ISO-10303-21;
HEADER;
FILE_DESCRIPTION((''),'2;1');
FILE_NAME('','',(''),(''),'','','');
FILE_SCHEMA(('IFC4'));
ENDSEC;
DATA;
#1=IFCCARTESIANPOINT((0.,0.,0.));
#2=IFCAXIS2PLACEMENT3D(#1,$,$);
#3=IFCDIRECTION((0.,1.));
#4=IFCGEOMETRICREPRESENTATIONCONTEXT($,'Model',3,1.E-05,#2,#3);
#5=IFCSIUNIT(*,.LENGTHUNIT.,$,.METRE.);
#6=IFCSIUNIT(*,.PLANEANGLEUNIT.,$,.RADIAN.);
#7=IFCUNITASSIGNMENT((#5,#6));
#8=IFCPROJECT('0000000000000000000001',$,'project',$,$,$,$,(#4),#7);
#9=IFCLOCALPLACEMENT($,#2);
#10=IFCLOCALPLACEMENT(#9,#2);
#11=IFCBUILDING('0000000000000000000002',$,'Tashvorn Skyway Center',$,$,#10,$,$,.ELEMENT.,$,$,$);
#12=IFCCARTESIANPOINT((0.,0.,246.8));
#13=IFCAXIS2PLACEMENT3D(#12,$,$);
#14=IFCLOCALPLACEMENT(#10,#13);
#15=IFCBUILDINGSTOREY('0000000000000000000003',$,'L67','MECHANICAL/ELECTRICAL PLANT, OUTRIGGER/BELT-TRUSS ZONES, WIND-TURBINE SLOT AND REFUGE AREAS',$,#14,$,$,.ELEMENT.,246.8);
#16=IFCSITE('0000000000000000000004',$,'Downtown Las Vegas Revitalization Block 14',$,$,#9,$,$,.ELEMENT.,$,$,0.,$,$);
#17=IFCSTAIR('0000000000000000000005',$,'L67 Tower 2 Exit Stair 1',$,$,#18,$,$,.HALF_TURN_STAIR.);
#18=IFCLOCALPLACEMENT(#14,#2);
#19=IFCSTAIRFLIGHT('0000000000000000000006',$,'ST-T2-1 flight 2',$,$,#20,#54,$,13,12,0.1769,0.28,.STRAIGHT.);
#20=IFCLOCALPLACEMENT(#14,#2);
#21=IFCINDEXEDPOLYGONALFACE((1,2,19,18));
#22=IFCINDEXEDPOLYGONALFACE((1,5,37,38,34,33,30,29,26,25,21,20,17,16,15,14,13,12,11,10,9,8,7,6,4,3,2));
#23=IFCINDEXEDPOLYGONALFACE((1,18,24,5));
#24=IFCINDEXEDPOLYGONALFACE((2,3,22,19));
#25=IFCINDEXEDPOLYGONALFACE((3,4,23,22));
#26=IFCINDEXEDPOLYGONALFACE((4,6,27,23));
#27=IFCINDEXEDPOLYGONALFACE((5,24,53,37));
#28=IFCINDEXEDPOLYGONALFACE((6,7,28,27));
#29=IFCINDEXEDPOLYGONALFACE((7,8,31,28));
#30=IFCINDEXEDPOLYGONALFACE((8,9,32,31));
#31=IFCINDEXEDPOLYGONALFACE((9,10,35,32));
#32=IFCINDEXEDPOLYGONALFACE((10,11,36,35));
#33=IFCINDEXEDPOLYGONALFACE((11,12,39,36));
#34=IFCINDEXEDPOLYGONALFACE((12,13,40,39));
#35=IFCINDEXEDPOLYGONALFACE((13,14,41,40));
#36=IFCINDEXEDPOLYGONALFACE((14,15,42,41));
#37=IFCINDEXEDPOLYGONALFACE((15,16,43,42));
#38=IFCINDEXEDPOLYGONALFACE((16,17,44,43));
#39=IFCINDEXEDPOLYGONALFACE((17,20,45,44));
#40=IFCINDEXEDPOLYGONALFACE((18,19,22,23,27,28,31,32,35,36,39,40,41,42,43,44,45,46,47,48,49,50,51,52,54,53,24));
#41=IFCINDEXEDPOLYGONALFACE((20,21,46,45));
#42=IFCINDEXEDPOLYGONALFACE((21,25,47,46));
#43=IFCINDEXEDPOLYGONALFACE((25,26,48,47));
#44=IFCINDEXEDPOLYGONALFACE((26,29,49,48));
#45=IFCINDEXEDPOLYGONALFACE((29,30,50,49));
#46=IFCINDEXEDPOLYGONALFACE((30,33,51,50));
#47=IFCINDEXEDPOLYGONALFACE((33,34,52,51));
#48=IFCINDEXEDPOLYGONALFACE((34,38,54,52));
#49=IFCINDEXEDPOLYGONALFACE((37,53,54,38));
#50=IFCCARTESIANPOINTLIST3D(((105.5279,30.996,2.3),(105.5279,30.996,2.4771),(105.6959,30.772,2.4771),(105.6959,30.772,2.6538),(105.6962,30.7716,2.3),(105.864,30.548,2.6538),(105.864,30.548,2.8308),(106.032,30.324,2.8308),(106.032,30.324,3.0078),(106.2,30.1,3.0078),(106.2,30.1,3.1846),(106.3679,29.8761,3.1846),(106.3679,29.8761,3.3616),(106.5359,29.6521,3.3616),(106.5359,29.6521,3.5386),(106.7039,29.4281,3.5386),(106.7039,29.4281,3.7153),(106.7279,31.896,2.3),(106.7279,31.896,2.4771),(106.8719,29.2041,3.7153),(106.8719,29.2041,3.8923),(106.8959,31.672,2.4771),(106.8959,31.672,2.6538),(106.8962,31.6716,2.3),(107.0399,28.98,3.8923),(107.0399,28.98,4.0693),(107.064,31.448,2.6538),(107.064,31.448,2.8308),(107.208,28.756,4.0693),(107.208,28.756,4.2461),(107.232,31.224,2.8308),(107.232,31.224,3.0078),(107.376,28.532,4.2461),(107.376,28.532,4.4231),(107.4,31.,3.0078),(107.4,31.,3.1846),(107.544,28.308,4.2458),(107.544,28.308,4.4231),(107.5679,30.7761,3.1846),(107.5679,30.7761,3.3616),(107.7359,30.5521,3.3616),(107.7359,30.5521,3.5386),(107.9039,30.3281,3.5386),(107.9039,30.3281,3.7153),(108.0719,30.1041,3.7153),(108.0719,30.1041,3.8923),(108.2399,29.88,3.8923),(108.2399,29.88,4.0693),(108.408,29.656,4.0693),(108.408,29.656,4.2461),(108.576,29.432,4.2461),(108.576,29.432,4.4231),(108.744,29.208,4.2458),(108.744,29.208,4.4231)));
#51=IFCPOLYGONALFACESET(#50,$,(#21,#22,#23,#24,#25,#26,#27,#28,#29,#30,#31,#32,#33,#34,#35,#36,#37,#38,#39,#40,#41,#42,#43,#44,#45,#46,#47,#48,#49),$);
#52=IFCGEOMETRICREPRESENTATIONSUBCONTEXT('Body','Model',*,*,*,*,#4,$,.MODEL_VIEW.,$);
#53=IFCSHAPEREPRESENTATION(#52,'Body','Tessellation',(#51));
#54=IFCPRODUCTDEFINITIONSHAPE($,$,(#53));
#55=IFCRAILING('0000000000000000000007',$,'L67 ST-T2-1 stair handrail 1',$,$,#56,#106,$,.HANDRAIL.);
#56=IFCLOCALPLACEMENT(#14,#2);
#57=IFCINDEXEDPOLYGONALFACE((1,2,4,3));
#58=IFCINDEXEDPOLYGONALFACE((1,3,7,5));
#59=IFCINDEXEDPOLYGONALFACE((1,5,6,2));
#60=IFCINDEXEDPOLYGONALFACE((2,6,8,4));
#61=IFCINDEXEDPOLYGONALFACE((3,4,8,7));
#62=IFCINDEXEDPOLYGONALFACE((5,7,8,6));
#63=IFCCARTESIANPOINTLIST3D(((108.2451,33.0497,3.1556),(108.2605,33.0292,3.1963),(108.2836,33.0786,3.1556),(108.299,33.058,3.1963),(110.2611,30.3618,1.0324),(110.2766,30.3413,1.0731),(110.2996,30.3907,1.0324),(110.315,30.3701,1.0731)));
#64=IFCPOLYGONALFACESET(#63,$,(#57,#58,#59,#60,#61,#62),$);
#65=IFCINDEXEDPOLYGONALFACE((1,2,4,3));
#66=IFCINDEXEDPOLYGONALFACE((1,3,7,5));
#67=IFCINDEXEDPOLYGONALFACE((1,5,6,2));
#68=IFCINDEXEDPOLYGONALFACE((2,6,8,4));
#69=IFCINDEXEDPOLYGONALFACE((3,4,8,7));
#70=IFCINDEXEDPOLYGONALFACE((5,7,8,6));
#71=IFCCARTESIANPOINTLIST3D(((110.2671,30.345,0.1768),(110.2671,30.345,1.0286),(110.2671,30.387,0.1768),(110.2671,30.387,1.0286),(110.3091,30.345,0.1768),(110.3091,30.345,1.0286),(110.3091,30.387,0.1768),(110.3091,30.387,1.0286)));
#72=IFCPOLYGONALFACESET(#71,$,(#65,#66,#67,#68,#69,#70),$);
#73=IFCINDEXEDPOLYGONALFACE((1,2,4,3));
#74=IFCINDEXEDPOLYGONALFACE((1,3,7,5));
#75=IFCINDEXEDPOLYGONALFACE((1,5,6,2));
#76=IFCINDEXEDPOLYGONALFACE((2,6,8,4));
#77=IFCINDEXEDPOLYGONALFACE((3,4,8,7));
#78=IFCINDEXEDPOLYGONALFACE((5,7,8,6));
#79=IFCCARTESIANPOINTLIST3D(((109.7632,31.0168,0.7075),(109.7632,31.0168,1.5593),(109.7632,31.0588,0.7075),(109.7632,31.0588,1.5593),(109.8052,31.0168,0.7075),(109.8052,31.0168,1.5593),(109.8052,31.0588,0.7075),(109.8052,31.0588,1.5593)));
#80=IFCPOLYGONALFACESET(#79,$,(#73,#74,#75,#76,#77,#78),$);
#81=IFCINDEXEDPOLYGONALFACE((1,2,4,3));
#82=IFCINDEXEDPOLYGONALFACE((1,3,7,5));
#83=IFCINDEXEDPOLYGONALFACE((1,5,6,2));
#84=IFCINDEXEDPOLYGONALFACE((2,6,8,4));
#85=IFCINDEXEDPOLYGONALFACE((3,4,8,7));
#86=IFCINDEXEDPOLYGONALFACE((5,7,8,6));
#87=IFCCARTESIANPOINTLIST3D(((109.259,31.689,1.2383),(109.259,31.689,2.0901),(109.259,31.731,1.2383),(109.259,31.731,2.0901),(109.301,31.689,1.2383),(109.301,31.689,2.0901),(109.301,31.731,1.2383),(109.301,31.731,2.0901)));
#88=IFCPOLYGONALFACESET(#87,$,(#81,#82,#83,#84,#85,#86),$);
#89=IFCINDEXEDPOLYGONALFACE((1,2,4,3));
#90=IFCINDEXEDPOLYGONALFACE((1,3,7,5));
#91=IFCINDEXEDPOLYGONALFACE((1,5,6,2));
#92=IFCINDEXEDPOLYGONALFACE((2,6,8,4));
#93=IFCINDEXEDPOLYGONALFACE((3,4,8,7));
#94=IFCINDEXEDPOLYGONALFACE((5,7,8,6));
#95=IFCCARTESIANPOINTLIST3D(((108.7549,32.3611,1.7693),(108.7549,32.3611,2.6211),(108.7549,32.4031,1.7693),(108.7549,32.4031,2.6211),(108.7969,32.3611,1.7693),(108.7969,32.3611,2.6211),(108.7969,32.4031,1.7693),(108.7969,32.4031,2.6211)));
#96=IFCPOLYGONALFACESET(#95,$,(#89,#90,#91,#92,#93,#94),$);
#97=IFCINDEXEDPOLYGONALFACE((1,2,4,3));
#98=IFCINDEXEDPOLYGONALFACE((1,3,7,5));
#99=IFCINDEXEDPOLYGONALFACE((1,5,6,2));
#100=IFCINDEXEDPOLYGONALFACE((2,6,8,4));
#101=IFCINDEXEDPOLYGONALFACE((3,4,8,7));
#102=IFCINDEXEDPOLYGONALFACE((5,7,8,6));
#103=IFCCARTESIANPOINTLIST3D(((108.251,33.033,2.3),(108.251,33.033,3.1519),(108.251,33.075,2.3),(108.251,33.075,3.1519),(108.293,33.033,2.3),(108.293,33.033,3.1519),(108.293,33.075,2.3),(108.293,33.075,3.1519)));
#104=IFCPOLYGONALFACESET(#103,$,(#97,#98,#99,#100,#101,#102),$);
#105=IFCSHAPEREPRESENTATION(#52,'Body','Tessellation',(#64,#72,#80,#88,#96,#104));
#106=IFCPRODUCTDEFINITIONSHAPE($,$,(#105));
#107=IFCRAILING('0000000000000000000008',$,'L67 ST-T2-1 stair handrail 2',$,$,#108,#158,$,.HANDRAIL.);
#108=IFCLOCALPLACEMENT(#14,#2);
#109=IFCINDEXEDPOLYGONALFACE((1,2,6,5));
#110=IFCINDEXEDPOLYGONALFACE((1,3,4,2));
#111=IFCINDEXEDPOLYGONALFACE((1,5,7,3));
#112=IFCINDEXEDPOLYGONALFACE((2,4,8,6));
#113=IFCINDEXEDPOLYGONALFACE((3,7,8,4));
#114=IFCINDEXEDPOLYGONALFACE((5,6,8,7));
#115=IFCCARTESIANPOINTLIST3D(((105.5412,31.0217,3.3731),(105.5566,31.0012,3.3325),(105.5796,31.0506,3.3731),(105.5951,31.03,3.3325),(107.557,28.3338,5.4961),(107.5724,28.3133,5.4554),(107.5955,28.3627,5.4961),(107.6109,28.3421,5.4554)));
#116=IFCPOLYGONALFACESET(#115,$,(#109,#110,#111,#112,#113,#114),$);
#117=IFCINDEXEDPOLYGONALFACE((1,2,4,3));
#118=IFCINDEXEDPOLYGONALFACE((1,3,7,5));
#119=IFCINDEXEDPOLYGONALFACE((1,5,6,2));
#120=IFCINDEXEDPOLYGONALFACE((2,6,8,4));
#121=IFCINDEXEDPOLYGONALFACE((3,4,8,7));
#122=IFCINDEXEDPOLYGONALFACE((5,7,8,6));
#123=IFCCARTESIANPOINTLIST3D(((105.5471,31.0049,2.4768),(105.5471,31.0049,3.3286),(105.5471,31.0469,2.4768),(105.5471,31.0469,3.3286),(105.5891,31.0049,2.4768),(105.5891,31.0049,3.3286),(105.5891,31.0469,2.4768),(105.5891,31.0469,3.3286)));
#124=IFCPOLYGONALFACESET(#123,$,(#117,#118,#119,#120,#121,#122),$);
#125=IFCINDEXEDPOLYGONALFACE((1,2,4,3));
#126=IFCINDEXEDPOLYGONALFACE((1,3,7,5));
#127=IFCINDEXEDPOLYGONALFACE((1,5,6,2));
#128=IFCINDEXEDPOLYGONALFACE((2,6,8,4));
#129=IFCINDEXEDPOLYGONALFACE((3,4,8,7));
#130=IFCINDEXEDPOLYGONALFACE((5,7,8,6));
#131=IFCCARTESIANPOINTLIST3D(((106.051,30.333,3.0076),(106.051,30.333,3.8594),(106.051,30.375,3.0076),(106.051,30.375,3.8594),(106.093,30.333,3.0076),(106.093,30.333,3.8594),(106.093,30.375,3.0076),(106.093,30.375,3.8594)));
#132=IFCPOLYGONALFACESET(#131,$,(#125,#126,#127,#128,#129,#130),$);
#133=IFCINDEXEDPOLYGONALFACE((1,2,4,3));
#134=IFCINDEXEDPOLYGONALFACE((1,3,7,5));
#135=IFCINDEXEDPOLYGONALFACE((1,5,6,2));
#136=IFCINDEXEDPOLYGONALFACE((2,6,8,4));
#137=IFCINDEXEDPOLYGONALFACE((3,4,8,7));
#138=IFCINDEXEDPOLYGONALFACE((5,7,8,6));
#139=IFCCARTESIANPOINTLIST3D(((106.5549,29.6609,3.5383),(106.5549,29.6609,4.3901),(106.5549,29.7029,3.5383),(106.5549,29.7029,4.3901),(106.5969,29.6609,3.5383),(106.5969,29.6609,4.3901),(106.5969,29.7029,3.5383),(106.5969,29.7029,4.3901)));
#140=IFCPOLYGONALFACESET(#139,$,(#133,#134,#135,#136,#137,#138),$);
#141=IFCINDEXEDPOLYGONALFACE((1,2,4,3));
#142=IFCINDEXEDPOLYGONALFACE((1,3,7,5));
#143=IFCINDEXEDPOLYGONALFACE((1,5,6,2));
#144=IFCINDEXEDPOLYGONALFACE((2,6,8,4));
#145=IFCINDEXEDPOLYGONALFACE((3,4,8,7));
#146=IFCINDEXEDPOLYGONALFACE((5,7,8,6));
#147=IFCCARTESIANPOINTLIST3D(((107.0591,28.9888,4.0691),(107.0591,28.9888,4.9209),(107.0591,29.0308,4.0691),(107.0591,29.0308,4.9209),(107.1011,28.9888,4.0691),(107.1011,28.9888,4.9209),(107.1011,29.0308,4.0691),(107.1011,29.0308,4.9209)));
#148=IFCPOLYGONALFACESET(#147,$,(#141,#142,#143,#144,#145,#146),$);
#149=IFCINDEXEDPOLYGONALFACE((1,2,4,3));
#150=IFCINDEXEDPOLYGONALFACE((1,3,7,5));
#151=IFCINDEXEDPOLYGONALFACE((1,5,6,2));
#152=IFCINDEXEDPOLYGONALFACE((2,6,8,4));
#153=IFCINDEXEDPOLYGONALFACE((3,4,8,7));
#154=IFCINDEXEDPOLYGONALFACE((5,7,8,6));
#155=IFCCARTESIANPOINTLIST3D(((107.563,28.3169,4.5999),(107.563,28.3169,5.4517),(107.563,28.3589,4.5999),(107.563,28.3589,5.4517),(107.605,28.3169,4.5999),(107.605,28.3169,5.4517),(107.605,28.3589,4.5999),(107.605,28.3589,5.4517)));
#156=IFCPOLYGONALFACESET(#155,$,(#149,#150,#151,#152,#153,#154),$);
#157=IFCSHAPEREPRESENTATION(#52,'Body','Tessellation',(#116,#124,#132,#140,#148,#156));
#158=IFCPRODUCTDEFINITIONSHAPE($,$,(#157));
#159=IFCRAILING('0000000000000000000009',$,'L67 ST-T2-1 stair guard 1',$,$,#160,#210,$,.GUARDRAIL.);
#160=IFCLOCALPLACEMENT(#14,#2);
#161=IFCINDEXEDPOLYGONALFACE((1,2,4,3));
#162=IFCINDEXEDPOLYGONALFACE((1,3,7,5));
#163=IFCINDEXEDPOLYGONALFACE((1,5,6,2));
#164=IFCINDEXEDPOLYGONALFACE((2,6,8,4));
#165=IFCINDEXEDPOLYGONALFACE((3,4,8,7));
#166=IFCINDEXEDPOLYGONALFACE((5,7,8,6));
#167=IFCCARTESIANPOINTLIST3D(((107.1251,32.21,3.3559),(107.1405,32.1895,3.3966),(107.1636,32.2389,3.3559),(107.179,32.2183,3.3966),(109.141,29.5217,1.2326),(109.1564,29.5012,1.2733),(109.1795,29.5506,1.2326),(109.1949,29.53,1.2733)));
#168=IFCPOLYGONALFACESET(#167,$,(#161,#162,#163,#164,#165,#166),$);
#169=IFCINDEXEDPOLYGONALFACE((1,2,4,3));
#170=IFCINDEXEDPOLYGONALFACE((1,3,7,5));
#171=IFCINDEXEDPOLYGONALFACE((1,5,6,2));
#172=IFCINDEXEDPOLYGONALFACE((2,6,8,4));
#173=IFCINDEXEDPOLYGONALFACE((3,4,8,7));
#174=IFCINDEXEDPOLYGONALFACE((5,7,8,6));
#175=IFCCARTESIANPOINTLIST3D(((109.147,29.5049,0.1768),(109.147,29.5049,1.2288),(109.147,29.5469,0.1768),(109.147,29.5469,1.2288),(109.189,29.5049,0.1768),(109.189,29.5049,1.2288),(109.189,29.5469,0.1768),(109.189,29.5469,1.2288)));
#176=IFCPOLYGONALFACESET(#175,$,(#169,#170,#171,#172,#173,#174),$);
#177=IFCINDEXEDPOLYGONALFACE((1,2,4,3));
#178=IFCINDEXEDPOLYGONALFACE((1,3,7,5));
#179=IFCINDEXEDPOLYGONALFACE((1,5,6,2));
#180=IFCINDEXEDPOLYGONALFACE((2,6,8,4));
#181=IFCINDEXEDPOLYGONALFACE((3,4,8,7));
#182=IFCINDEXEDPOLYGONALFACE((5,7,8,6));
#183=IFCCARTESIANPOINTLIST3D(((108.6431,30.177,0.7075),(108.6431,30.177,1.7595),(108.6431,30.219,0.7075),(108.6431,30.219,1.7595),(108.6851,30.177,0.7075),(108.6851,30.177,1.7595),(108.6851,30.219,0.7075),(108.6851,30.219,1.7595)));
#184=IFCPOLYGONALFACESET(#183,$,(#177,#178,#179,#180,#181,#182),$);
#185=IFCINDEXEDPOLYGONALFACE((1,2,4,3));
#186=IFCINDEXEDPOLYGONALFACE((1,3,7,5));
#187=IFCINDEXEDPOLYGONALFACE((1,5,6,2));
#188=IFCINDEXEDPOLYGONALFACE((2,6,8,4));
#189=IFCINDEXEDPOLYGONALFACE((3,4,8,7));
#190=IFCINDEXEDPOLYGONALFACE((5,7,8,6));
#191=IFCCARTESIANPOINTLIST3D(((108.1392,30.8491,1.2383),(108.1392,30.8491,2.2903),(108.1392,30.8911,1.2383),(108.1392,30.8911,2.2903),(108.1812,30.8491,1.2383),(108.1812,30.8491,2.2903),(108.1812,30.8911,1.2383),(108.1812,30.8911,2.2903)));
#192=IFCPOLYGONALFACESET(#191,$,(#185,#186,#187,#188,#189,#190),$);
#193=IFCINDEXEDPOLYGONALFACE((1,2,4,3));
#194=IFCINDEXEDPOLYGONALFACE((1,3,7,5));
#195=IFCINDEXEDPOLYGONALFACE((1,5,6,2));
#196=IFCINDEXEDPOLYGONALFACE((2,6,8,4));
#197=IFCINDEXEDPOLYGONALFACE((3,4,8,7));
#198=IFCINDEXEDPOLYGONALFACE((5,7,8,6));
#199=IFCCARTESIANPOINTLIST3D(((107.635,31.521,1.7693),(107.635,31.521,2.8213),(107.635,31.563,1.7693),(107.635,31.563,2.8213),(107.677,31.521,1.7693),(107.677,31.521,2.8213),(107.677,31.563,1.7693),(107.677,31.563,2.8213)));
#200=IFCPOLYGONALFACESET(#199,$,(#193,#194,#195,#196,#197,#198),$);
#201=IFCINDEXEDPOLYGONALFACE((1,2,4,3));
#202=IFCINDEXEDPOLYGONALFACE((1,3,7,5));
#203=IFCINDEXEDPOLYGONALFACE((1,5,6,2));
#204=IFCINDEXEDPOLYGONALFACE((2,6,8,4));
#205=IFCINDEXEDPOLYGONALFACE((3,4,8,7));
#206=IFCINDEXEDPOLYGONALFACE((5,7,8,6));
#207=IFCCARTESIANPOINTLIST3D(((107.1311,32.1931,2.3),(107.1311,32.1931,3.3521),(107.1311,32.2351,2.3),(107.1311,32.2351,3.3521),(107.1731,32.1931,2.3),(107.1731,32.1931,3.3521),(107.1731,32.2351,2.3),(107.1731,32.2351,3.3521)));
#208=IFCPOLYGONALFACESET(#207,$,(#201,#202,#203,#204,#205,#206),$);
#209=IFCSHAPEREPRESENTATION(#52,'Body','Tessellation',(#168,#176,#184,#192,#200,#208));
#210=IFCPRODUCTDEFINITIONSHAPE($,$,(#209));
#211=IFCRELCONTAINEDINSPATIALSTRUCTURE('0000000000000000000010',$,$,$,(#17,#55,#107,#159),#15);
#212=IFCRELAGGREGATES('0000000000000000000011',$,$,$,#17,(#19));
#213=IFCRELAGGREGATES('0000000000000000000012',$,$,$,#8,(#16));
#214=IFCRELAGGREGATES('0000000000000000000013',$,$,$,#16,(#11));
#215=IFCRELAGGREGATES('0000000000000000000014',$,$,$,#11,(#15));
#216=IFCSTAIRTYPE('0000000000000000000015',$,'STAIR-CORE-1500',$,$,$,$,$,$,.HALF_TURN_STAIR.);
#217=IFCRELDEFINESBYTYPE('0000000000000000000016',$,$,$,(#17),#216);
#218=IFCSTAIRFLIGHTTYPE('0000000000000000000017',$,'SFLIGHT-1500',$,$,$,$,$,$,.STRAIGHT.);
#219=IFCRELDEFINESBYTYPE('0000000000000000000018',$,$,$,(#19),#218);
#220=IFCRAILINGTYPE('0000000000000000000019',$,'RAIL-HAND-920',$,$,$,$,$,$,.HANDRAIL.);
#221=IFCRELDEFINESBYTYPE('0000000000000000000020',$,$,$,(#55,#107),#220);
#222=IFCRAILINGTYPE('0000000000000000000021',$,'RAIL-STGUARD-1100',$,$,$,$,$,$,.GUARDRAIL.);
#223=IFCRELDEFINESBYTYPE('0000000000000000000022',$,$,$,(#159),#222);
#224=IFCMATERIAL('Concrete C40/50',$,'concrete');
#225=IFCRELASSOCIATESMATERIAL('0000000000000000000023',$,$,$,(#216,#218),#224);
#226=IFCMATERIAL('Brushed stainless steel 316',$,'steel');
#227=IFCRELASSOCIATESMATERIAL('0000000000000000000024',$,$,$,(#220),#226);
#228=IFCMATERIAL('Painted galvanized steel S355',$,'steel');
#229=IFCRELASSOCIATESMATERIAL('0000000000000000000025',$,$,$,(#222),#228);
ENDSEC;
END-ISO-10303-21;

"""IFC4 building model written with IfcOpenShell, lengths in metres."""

from ifc_helpers import new_model, si_unit, direction, frame, origin, origin_2d, place, context, subcontext, project, spatial, polyline, rectangle, outline, extrude, material, type_object, element, aggregate, save


model = new_model("IFC4")

# Units and contexts
model_context = context("Model", 3, precision=1e-05, world=origin(), true_north=direction((0.0, 1.0)))
body_context = subcontext(model_context, "Body", "Model", "MODEL_VIEW")
ifc_project = project(units=[si_unit("LENGTHUNIT", "METRE"), si_unit("PLANEANGLEUNIT", "RADIAN")], contexts=[model_context])

# Site, building, storey
site_placement = place(None, origin())
site = spatial("IfcSite", under=ifc_project, at=site_placement, Name="Downtown Las Vegas Revitalization Block 14", CompositionType="ELEMENT", RefElevation=0.0)
building_placement = place(site_placement, origin())
building = spatial("IfcBuilding", under=site, at=building_placement, Name="Tashvorn Skyway Center", CompositionType="ELEMENT")
storey_placement = place(building_placement, frame((0.0, 0.0, 246.8)))
storey = spatial("IfcBuildingStorey", under=building, at=storey_placement, Name="L67", Description="MECHANICAL/ELECTRICAL PLANT, OUTRIGGER/BELT-TRUSS ZONES, WIND-TURBINE SLOT AND REFUGE AREAS", CompositionType="ELEMENT", Elevation=246.8)

# Shared definitions
ifc_material_1 = material(Name="Concrete C40/50", Category="concrete")

# Stair, stair flight
stair_type = type_object("IfcStairType", Name="STAIR-CORE-1500", PredefinedType="HALF_TURN_STAIR", material=ifc_material_1)
stair_placement = place(storey_placement, origin())
stair = element("IfcStair", 1, at=stair_placement, inside=storey, type_object=stair_type, Name="L67 Tower 2 Exit Stair 1", PredefinedType="HALF_TURN_STAIR")
stair_flight_type = type_object("IfcStairFlightType", Name="SFLIGHT-1500", PredefinedType="STRAIGHT", material=ifc_material_1)
stair_flight_1_placement = place(storey_placement, frame((106.1279, 31.446, 2.3), z_axis=(0.0, 0.0, 1.0), x_axis=(0.6, -0.8, 0.0)))
stair_flight_1 = element("IfcStairFlight", 2, at=stair_flight_1_placement, type_object=stair_flight_type, Name="ST-T2-1 flight 2", NumberOfRisers=13, NumberOfTreads=12, PredefinedType="STRAIGHT", RiserHeight=0.1769, TreadLength=0.28, context=body_context, shape_type="SweptSolid", body=[
    extrude(outline(polyline([(0.0, 0.0), (0.0, 0.177), (0.28, 0.177), (0.28, 0.3538), (0.5601, 0.3538), (0.5601, 0.5308), (0.8401, 0.5308), (0.8401, 0.7078), (1.1201, 0.7078), (1.1201, 0.8845), (1.3999, 0.8845), (1.3999, 1.0615), (1.6799, 1.0615), (1.6799, 1.2385), (1.96, 1.2385), (1.96, 1.4153), (2.24, 1.4153), (2.24, 1.5923), (2.52, 1.5923), (2.52, 1.7693), (2.8, 1.7693), (2.8, 1.946), (3.0801, 1.946), (3.0801, 2.123), (3.3601, 2.123), (3.3601, 2.3), (3.3601, 1.9458), (0.2805, 0.0), (0.0, 0.0)])), frame((0.0, 0.75, 0.0), z_axis=(0.0, -1.0, 0.0), x_axis=(1.0, 0.0, 0.0)), (0.0, 0.0, 1.0), 1.5),
])
aggregate(stair, [stair_flight_1])

# Railings
ifc_material_2 = material(Name="Brushed stainless steel 316", Category="steel")
railing_type_1 = type_object("IfcRailingType", Name="RAIL-HAND-920", PredefinedType="HANDRAIL", material=ifc_material_2)
railing_1_placement = place(storey_placement, frame((110.2881, 30.366, 0.1768)))
element("IfcRailing", 3, at=railing_1_placement, inside=storey, type_object=railing_type_1, Name="L67 ST-T2-1 stair handrail 1", PredefinedType="HANDRAIL", context=body_context, shape_type="SweptSolid", body=[
    extrude(rectangle(XDim=0.0481, YDim=0.0481, at=origin_2d()), frame((0.0, 0.0, 0.876), z_axis=(-0.507235, 0.676272, 0.5342), x_axis=(-0.799983, -0.600023, 0.0)), (0.0, 0.0, 1.0), 3.9746),
    extrude(rectangle(XDim=0.042, YDim=0.042, at=origin_2d()), origin(), (0.0, 0.0, 1.0), 0.8518),
    extrude(rectangle(XDim=0.042, YDim=0.042, at=origin_2d()), frame((-0.5039, 0.6719, 0.5308)), (0.0, 0.0, 1.0), 0.8518),
    extrude(rectangle(XDim=0.042, YDim=0.042, at=origin_2d()), frame((-1.0081, 1.344, 1.0615)), (0.0, 0.0, 1.0), 0.8518),
    extrude(rectangle(XDim=0.042, YDim=0.042, at=origin_2d()), frame((-1.5122, 2.0161, 1.5925)), (0.0, 0.0, 1.0), 0.8518),
    extrude(rectangle(XDim=0.042, YDim=0.042, at=origin_2d()), frame((-2.0161, 2.688, 2.1233)), (0.0, 0.0, 1.0), 0.8518),
])
railing_2_placement = place(storey_placement, frame((105.5681, 31.0259, 2.4768)))
element("IfcRailing", 4, at=railing_2_placement, inside=storey, type_object=railing_type_1, Name="L67 ST-T2-1 stair handrail 2", PredefinedType="HANDRAIL", context=body_context, shape_type="SweptSolid", body=[
    extrude(rectangle(XDim=0.0481, YDim=0.0481, at=origin_2d()), frame((0.0, 0.0, 0.876), z_axis=(0.507206, -0.676315, 0.534172), x_axis=(0.800017, 0.599977, 0.0)), (0.0, 0.0, 1.0), 3.9744),
    extrude(rectangle(XDim=0.042, YDim=0.042, at=origin_2d()), origin(), (0.0, 0.0, 1.0), 0.8518),
    extrude(rectangle(XDim=0.042, YDim=0.042, at=origin_2d()), frame((0.5039, -0.6719, 0.5308)), (0.0, 0.0, 1.0), 0.8518),
    extrude(rectangle(XDim=0.042, YDim=0.042, at=origin_2d()), frame((1.0078, -1.344, 1.0615)), (0.0, 0.0, 1.0), 0.8518),
    extrude(rectangle(XDim=0.042, YDim=0.042, at=origin_2d()), frame((1.512, -2.0161, 1.5923)), (0.0, 0.0, 1.0), 0.8518),
    extrude(rectangle(XDim=0.042, YDim=0.042, at=origin_2d()), frame((2.0159, -2.688, 2.123)), (0.0, 0.0, 1.0), 0.8518),
])
ifc_material_3 = material(Name="Painted galvanized steel S355", Category="steel")
railing_type_2 = type_object("IfcRailingType", Name="RAIL-STGUARD-1100", PredefinedType="GUARDRAIL", material=ifc_material_3)
railing_3_placement = place(storey_placement, frame((109.168, 29.5259, 0.1768)))
element("IfcRailing", 5, at=railing_3_placement, inside=storey, type_object=railing_type_2, Name="L67 ST-T2-1 stair guard 1", PredefinedType="GUARDRAIL", context=body_context, shape_type="SweptSolid", body=[
    extrude(rectangle(XDim=0.0481, YDim=0.0481, at=origin_2d()), frame((0.0, 0.0, 1.0762), z_axis=(-0.507168, 0.676326, 0.534194), x_axis=(-0.800044, -0.599942, 0.0)), (0.0, 0.0, 1.0), 3.9749),
    extrude(rectangle(XDim=0.042, YDim=0.042, at=origin_2d()), origin(), (0.0, 0.0, 1.0), 1.052),
    extrude(rectangle(XDim=0.042, YDim=0.042, at=origin_2d()), frame((-0.5039, 0.6721, 0.5308)), (0.0, 0.0, 1.0), 1.052),
    extrude(rectangle(XDim=0.042, YDim=0.042, at=origin_2d()), frame((-1.0078, 1.3442, 1.0615)), (0.0, 0.0, 1.0), 1.052),
    extrude(rectangle(XDim=0.042, YDim=0.042, at=origin_2d()), frame((-1.512, 2.0161, 1.5925)), (0.0, 0.0, 1.0), 1.052),
    extrude(rectangle(XDim=0.042, YDim=0.042, at=origin_2d()), frame((-2.0159, 2.6882, 2.1233)), (0.0, 0.0, 1.0), 1.052),
])

save(model, "model.ifc")
